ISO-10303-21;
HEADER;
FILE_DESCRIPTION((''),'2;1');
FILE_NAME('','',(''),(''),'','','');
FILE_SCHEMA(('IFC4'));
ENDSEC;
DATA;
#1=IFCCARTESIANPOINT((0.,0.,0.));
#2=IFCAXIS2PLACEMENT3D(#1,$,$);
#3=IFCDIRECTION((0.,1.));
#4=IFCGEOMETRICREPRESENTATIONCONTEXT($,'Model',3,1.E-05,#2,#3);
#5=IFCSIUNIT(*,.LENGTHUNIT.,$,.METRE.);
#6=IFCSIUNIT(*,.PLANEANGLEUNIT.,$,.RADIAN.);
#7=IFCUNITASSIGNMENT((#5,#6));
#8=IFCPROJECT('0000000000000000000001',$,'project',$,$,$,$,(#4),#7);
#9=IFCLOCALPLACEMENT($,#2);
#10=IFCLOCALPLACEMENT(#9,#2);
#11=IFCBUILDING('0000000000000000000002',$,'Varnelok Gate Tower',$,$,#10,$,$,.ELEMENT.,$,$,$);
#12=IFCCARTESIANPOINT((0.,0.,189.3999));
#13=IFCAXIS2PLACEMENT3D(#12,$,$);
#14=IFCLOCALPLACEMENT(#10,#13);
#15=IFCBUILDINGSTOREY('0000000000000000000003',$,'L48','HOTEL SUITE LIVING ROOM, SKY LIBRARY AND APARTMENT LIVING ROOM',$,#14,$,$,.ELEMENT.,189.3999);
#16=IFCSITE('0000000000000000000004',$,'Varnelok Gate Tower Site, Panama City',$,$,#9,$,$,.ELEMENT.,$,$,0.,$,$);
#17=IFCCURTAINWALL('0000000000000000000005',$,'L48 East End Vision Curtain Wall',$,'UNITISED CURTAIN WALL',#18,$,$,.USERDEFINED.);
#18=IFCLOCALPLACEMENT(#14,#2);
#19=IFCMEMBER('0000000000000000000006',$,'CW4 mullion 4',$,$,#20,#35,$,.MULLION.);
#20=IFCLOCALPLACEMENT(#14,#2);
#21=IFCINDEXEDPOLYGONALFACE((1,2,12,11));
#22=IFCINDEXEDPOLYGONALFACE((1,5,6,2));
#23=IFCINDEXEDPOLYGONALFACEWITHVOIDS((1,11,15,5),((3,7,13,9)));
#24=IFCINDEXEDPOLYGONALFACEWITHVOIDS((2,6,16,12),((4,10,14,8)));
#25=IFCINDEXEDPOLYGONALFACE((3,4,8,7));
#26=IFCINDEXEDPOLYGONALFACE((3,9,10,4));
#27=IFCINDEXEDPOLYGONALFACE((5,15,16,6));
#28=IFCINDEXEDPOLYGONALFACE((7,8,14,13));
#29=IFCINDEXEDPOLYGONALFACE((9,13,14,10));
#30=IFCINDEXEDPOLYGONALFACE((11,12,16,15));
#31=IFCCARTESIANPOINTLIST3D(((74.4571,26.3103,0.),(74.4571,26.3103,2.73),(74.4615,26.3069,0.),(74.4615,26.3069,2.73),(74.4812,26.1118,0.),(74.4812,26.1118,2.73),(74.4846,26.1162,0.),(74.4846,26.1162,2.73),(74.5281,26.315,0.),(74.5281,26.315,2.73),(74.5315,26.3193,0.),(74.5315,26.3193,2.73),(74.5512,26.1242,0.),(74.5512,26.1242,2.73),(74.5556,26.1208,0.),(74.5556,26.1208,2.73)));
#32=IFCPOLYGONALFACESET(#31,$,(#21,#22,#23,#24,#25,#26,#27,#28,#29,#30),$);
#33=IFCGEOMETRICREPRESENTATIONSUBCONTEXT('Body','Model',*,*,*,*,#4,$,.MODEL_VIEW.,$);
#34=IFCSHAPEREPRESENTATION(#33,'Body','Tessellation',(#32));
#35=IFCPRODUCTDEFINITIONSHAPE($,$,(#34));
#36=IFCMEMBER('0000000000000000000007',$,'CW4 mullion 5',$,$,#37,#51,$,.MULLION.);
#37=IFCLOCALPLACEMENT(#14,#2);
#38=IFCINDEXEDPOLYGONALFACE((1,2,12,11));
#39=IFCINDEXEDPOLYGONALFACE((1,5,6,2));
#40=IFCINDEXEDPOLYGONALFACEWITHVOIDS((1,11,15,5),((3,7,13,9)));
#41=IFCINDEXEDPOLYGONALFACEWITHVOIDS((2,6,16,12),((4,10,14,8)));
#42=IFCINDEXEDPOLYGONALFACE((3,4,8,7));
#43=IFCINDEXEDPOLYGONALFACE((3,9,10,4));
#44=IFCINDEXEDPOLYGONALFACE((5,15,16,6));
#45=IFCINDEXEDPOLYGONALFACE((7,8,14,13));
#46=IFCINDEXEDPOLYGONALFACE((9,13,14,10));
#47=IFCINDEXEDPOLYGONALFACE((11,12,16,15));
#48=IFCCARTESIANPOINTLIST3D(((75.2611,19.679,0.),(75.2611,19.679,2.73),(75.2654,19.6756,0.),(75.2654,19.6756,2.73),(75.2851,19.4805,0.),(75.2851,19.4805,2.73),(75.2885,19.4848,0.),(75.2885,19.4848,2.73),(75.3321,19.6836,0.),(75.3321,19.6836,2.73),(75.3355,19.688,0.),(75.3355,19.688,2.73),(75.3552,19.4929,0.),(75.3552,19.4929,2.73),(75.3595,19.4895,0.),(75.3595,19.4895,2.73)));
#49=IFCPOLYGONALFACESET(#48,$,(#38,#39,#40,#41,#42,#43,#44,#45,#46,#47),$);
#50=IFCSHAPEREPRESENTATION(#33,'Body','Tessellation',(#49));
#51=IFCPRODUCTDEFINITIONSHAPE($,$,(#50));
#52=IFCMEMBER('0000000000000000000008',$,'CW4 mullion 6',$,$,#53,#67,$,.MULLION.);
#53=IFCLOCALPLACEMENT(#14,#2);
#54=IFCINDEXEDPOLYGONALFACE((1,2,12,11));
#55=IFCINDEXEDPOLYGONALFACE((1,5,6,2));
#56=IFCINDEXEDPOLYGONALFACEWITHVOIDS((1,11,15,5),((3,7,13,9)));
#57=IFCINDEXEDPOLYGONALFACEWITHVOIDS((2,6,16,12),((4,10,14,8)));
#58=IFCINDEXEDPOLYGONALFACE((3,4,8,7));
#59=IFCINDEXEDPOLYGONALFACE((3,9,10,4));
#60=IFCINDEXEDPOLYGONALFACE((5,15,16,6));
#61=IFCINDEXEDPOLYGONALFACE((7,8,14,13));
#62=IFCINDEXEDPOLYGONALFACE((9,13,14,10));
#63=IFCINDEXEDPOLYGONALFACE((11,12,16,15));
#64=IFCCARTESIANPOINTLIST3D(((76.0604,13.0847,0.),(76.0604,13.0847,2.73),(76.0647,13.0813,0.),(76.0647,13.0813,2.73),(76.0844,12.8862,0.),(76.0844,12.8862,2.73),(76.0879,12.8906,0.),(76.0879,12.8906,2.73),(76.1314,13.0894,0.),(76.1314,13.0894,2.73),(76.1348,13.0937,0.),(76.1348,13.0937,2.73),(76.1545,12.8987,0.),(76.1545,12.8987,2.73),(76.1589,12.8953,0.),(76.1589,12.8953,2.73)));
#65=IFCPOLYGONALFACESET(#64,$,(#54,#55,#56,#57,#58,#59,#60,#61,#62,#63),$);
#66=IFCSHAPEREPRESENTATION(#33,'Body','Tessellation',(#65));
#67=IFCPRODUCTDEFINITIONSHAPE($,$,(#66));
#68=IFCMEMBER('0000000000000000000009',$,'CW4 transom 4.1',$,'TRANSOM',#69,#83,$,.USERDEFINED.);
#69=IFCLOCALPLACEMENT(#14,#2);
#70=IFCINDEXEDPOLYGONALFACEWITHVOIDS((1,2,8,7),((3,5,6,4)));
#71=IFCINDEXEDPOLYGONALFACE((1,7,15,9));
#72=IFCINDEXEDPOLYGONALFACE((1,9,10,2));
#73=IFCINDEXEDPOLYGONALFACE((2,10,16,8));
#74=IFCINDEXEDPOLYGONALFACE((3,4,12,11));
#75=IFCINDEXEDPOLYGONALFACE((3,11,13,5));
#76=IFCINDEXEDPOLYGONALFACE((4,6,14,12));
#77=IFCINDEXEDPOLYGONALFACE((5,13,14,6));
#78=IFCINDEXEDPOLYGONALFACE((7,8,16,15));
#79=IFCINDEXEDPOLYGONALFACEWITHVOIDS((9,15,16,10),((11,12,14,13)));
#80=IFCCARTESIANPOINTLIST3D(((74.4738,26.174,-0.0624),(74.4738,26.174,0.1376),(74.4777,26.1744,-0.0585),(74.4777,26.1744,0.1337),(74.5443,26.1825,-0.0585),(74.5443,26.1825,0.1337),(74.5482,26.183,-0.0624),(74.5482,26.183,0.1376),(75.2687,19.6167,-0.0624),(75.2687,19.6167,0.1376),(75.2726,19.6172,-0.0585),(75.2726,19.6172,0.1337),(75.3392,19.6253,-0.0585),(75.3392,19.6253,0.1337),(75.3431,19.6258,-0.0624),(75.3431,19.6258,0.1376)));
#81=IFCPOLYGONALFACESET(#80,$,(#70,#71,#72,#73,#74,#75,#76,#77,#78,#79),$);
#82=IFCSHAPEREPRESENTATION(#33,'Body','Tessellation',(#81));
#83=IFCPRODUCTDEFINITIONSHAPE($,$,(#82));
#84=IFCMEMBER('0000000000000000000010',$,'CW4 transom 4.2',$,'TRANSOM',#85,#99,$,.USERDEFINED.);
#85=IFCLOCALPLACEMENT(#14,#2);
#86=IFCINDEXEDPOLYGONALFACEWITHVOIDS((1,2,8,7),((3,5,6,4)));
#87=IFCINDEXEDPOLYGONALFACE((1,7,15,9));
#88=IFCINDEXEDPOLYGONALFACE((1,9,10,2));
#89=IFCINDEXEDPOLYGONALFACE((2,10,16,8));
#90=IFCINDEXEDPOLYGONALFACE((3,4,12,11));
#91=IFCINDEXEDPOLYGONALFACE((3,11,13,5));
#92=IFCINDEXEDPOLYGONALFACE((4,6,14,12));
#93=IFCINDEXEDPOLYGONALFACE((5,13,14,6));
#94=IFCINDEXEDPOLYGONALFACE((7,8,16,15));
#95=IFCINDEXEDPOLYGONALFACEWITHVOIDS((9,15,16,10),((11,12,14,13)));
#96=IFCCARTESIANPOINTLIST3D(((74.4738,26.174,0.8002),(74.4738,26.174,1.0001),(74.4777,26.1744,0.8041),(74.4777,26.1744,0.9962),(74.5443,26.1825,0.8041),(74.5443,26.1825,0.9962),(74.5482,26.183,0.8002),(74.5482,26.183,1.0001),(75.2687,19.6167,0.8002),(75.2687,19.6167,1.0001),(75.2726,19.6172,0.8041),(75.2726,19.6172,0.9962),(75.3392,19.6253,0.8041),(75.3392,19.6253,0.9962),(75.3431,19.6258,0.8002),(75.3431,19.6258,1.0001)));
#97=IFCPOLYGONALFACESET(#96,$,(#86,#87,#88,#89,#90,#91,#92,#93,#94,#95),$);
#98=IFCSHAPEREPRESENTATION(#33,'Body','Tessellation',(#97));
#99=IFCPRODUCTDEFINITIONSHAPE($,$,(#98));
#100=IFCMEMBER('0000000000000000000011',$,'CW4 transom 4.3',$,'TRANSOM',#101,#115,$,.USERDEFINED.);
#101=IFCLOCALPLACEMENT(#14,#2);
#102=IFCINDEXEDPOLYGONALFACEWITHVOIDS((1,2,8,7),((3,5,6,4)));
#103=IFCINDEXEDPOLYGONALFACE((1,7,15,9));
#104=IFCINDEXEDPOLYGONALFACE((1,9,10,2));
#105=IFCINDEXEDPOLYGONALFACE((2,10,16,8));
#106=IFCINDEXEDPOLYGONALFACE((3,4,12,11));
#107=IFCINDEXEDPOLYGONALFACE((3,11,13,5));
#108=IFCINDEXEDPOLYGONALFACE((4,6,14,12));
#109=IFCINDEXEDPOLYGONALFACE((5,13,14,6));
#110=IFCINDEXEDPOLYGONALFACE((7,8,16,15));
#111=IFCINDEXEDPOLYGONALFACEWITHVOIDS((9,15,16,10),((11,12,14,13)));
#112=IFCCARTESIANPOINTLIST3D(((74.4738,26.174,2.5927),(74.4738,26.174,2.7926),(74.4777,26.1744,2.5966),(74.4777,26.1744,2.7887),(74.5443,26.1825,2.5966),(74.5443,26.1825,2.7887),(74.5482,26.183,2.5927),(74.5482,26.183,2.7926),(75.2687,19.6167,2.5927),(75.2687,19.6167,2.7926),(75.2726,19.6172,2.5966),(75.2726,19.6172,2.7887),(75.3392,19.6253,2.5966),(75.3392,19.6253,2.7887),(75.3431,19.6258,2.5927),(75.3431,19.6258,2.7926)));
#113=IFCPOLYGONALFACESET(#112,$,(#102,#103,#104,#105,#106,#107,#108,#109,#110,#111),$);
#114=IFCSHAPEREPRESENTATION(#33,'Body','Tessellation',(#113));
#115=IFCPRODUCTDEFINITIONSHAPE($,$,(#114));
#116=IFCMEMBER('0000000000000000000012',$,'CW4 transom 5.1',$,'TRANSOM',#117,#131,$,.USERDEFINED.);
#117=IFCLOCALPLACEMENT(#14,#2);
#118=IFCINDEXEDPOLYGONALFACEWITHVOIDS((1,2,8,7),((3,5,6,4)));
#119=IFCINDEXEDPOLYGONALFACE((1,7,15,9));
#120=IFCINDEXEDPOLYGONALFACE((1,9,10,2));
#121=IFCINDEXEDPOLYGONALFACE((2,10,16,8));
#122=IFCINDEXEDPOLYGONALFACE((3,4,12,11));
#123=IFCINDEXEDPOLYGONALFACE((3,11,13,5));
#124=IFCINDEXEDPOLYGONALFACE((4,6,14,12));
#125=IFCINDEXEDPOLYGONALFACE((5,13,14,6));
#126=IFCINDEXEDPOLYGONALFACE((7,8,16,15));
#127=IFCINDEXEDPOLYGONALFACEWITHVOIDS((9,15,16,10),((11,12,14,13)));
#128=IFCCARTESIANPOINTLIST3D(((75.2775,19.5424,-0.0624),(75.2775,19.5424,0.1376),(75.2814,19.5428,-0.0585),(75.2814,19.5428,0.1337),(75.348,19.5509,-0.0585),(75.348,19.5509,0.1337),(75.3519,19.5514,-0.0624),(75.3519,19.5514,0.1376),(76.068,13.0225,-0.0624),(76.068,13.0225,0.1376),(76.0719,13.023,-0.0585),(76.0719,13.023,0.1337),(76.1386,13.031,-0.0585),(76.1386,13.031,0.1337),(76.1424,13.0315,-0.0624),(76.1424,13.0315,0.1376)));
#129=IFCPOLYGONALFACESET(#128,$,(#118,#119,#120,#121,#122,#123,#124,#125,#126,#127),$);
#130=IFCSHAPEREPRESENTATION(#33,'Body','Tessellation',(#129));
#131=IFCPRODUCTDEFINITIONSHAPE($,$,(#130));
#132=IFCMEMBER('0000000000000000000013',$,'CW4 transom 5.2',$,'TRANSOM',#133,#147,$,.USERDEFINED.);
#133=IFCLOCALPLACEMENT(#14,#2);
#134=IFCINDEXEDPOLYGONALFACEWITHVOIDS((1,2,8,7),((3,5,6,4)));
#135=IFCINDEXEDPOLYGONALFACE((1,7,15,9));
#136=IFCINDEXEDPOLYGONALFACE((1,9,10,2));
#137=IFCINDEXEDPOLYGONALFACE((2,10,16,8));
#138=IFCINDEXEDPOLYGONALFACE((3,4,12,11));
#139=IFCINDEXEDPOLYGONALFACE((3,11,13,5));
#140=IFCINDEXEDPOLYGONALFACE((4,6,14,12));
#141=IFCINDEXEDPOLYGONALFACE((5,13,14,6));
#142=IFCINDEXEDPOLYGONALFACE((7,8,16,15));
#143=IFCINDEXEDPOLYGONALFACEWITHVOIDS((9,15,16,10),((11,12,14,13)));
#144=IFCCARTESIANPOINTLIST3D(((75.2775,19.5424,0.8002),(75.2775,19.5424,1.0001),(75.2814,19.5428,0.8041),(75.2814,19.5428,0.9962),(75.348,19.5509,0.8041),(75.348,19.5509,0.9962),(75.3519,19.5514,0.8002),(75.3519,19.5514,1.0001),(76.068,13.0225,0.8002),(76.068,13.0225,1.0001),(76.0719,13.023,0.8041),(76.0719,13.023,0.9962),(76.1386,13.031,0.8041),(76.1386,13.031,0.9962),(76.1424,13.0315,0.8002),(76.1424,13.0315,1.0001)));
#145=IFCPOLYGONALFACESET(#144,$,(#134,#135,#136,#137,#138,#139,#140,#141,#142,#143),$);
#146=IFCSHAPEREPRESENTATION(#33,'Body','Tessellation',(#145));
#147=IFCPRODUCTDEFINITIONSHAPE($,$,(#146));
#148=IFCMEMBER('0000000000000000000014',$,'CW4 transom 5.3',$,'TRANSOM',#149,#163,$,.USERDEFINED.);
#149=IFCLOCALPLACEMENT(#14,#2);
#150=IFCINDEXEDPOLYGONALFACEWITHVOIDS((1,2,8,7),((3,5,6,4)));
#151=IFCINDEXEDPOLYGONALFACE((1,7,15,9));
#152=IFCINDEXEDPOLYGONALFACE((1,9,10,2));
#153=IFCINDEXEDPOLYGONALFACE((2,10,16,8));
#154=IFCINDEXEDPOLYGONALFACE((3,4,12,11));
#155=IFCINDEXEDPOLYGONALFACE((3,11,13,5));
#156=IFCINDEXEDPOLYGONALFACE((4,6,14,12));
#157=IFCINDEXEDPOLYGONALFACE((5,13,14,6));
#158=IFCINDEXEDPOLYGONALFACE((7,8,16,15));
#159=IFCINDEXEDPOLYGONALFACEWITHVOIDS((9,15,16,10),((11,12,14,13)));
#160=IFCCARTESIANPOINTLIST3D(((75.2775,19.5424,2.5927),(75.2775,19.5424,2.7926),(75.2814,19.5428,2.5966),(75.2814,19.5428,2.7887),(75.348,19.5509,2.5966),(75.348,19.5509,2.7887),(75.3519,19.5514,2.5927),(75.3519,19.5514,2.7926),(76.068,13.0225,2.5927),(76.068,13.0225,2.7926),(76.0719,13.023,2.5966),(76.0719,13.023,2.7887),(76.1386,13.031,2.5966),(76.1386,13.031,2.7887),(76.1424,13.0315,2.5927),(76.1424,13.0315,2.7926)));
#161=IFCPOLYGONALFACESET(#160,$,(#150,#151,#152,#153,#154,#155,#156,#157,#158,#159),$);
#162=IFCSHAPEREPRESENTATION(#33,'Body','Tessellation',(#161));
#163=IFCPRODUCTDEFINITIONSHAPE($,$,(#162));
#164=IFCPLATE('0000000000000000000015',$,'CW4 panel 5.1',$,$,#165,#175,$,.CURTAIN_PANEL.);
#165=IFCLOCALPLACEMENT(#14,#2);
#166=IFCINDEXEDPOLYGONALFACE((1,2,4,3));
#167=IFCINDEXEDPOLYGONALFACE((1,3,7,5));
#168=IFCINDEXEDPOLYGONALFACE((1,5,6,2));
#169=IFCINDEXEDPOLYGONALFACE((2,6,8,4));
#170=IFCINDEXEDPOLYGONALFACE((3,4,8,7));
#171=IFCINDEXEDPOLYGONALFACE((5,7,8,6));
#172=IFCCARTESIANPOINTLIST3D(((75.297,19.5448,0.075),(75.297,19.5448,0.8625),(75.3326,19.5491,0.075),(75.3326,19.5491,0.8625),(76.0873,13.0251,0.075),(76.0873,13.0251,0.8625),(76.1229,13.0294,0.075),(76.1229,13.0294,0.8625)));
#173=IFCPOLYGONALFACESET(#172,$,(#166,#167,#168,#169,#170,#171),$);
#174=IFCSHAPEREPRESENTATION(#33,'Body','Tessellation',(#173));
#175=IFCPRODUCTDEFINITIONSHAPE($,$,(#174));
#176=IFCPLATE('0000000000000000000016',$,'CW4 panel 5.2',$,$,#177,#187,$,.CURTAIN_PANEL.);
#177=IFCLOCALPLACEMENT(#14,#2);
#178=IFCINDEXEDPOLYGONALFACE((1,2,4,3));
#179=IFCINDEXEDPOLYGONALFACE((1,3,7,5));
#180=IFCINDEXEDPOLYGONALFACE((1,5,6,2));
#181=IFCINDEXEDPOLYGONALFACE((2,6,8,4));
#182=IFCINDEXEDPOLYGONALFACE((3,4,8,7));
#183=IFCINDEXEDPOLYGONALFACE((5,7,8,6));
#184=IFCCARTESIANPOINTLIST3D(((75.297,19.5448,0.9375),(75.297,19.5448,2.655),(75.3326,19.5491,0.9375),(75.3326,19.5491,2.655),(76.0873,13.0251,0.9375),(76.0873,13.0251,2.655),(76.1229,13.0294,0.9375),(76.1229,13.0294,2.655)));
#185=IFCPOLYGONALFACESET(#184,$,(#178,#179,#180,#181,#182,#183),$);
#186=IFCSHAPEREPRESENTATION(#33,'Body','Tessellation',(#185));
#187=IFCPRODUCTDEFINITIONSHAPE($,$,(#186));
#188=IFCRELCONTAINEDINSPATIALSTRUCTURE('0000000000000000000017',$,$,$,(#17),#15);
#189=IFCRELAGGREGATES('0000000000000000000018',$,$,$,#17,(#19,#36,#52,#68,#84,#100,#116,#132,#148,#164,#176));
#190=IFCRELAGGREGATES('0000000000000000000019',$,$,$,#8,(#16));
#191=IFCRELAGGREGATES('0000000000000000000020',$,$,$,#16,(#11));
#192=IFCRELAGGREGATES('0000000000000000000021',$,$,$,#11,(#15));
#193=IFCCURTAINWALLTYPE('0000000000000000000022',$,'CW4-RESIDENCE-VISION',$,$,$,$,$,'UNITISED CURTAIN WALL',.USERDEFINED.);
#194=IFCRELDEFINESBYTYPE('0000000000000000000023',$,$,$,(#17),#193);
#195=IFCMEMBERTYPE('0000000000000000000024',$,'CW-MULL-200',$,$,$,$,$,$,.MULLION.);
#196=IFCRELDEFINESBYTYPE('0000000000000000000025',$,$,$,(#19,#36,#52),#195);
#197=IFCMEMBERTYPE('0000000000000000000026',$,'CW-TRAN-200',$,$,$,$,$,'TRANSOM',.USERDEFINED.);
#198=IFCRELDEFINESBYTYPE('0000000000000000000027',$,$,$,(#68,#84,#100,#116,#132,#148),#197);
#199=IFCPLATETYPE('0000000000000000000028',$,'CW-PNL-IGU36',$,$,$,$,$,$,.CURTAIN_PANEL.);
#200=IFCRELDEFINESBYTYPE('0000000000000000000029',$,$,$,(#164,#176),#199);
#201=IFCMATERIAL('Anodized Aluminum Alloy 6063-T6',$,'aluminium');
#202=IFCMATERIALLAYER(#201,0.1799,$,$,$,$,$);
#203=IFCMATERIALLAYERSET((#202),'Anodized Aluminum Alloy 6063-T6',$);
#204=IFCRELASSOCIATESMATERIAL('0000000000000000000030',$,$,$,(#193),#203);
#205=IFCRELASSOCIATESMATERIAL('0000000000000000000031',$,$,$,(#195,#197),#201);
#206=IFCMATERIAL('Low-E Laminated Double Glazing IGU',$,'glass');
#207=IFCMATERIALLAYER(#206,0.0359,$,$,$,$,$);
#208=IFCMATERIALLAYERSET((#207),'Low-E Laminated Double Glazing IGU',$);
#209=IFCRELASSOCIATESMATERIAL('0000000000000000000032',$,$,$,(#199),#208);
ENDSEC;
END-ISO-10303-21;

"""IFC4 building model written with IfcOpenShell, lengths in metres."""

from ifc_helpers import new_model, si_unit, direction, frame, origin, origin_2d, place, context, subcontext, project, spatial, rectangle, hollow_rectangle, extrude, source, transform, mapped, material, layer, layer_set, material_profile, profile_set, type_object, element, aggregate, save


model = new_model("IFC4")

# Units and contexts
model_context = context("Model", 3, precision=1e-05, world=origin(), true_north=direction((0.0, 1.0)))
body_context = subcontext(model_context, "Body", "Model", "MODEL_VIEW")
ifc_project = project(units=[si_unit("LENGTHUNIT", "METRE"), si_unit("PLANEANGLEUNIT", "RADIAN")], contexts=[model_context])

# Site, building, storey
site_placement = place(None, origin())
site = spatial("IfcSite", under=ifc_project, at=site_placement, Name="Varnelok Gate Tower Site, Panama City", CompositionType="ELEMENT", RefElevation=0.0)
building_placement = place(site_placement, origin())
building = spatial("IfcBuilding", under=site, at=building_placement, Name="Varnelok Gate Tower", CompositionType="ELEMENT")
storey_placement = place(building_placement, frame((0.0, 0.0, 189.3999)))
storey = spatial("IfcBuildingStorey", under=building, at=storey_placement, Name="L48", Description="HOTEL SUITE LIVING ROOM, SKY LIBRARY AND APARTMENT LIVING ROOM", CompositionType="ELEMENT", Elevation=189.3999)

# Curtain wall, members, plates
ifc_material_1 = material(Name="Anodized Aluminum Alloy 6063-T6", Category="aluminium")
ifc_layer_1 = layer(ifc_material_1, 0.1799)
ifc_layer_set_1 = layer_set([ifc_layer_1], Name="Anodized Aluminum Alloy 6063-T6")
curtain_wall_type = type_object("IfcCurtainWallType", Name="CW4-RESIDENCE-VISION", ElementType="UNITISED CURTAIN WALL", PredefinedType="USERDEFINED", material=ifc_layer_set_1)
curtain_wall_placement = place(storey_placement, origin())
curtain_wall = element("IfcCurtainWall", 1, at=curtain_wall_placement, inside=storey, type_object=curtain_wall_type, Name="L48 East End Vision Curtain Wall", ObjectType="UNITISED CURTAIN WALL", PredefinedType="USERDEFINED")
ifc_material_profile_1 = material_profile(ifc_material_1, hollow_rectangle(XDim=0.075, YDim=0.2, WallThickness=0.0039, at=origin_2d()), Name="ALU200X75X4")
ifc_profile_set_1 = profile_set([ifc_material_profile_1], Name="Anodized Aluminum Alloy 6063-T6")
member_type_1 = type_object("IfcMemberType", Name="CW-MULL-200", PredefinedType="MULLION", material=ifc_profile_set_1)
member_1_placement = place(storey_placement, frame((74.5063, 26.2156, 0.0), z_axis=(0.0, 0.0, 1.0), x_axis=(0.992732, 0.120345, 0.0)))
member_1 = element("IfcMember", 2, at=member_1_placement, type_object=member_type_1, Name="CW4 mullion 4", PredefinedType="MULLION", context=body_context, shape_type="SweptSolid", body=[
    extrude(hollow_rectangle(XDim=0.075, YDim=0.2, WallThickness=0.0039, at=origin_2d()), origin(), (0.0, 0.0, 1.0), 2.73),
])
member_2_placement = place(storey_placement, frame((75.3103, 19.5842, 0.0), z_axis=(0.0, 0.0, 1.0), x_axis=(0.992732, 0.120345, 0.0)))
member_2 = element("IfcMember", 3, at=member_2_placement, type_object=member_type_1, Name="CW4 mullion 5", PredefinedType="MULLION", context=body_context, shape_type="SweptSolid", body=[
    extrude(hollow_rectangle(XDim=0.075, YDim=0.2, WallThickness=0.0039, at=origin_2d()), origin(), (0.0, 0.0, 1.0), 2.73),
])
member_3_placement = place(storey_placement, frame((76.1096, 12.99, 0.0), z_axis=(0.0, 0.0, 1.0), x_axis=(0.992732, 0.120345, 0.0)))
member_3 = element("IfcMember", 4, at=member_3_placement, type_object=member_type_1, Name="CW4 mullion 6", PredefinedType="MULLION", context=body_context, shape_type="SweptSolid", body=[
    extrude(hollow_rectangle(XDim=0.075, YDim=0.2, WallThickness=0.0039, at=origin_2d()), origin(), (0.0, 0.0, 1.0), 2.73),
])
ifc_material_profile_2 = material_profile(ifc_material_1, hollow_rectangle(XDim=0.075, YDim=0.2, WallThickness=0.0039, at=origin_2d()), Name="ALU200X75X4")
ifc_profile_set_2 = profile_set([ifc_material_profile_2], Name="Anodized Aluminum Alloy 6063-T6")
member_type_2 = type_object("IfcMemberType", Name="CW-TRAN-200", ElementType="TRANSOM", PredefinedType="USERDEFINED", material=ifc_profile_set_2)
member_4_placement = place(storey_placement, frame((74.511, 26.1785, 0.0376), z_axis=(0.120349, -0.992732, 0.0), x_axis=(0.992732, 0.120349, 0.0)))
member_4 = element("IfcMember", 5, at=member_4_placement, type_object=member_type_2, Name="CW4 transom 4.1", ObjectType="TRANSOM", PredefinedType="USERDEFINED", context=body_context, shape_type="SweptSolid", body=[
    extrude(hollow_rectangle(XDim=0.075, YDim=0.2, WallThickness=0.0039, at=origin_2d()), origin(), (0.0, 0.0, 1.0), 6.6052),
])
member_5_placement = place(storey_placement, frame((74.511, 26.1785, 0.9001), z_axis=(0.120349, -0.992732, 0.0), x_axis=(0.992732, 0.120349, 0.0)))
member_5 = element("IfcMember", 6, at=member_5_placement, type_object=member_type_2, Name="CW4 transom 4.2", ObjectType="TRANSOM", PredefinedType="USERDEFINED", context=body_context, shape_type="SweptSolid", body=[
    extrude(hollow_rectangle(XDim=0.075, YDim=0.2, WallThickness=0.0039, at=origin_2d()), origin(), (0.0, 0.0, 1.0), 6.6052),
])
member_6_placement = place(storey_placement, frame((74.511, 26.1785, 2.6926), z_axis=(0.120349, -0.992732, 0.0), x_axis=(0.992732, 0.120349, 0.0)))
member_6 = element("IfcMember", 7, at=member_6_placement, type_object=member_type_2, Name="CW4 transom 4.3", ObjectType="TRANSOM", PredefinedType="USERDEFINED", context=body_context, shape_type="SweptSolid", body=[
    extrude(hollow_rectangle(XDim=0.075, YDim=0.2, WallThickness=0.0039, at=origin_2d()), origin(), (0.0, 0.0, 1.0), 6.6052),
])
member_7_placement = place(storey_placement, frame((75.3147, 19.5469, 0.0376), z_axis=(0.120369, -0.992729, 0.0), x_axis=(0.992729, 0.120369, 0.0)))
member_7 = element("IfcMember", 8, at=member_7_placement, type_object=member_type_2, Name="CW4 transom 5.1", ObjectType="TRANSOM", PredefinedType="USERDEFINED", context=body_context, shape_type="SweptSolid", body=[
    extrude(hollow_rectangle(XDim=0.075, YDim=0.2, WallThickness=0.0039, at=origin_2d()), origin(), (0.0, 0.0, 1.0), 6.5676),
])
member_8_placement = place(storey_placement, frame((75.3147, 19.5469, 0.9001), z_axis=(0.120369, -0.992729, 0.0), x_axis=(0.992729, 0.120369, 0.0)))
member_8 = element("IfcMember", 9, at=member_8_placement, type_object=member_type_2, Name="CW4 transom 5.2", ObjectType="TRANSOM", PredefinedType="USERDEFINED", context=body_context, shape_type="SweptSolid", body=[
    extrude(hollow_rectangle(XDim=0.075, YDim=0.2, WallThickness=0.0039, at=origin_2d()), origin(), (0.0, 0.0, 1.0), 6.5676),
])
member_9_placement = place(storey_placement, frame((75.3147, 19.5469, 2.6926), z_axis=(0.120369, -0.992729, 0.0), x_axis=(0.992729, 0.120369, 0.0)))
member_9 = element("IfcMember", 10, at=member_9_placement, type_object=member_type_2, Name="CW4 transom 5.3", ObjectType="TRANSOM", PredefinedType="USERDEFINED", context=body_context, shape_type="SweptSolid", body=[
    extrude(hollow_rectangle(XDim=0.075, YDim=0.2, WallThickness=0.0039, at=origin_2d()), origin(), (0.0, 0.0, 1.0), 6.5676),
])
ifc_material_2 = material(Name="Low-E Laminated Double Glazing IGU", Category="glass")
ifc_layer_2 = layer(ifc_material_2, 0.0359)
ifc_layer_set_2 = layer_set([ifc_layer_2], Name="Low-E Laminated Double Glazing IGU")
plate_type = type_object("IfcPlateType", Name="CW-PNL-IGU36", PredefinedType="CURTAIN_PANEL", material=ifc_layer_set_2)
shared_shape_1 = source(origin(), body_context, "Body", "SweptSolid", [
    extrude(rectangle(XDim=6.5674, YDim=0.0359, at=origin_2d()), origin(), (0.0, 0.0, 1.0), 0.7876),
])
plate_1_placement = place(storey_placement, frame((75.71, 16.2871, 0.075), z_axis=(0.0, 0.0, 1.0), x_axis=(0.120345, -0.992732, 0.0)))
plate_1 = element("IfcPlate", 11, at=plate_1_placement, type_object=plate_type, Name="CW4 panel 5.1", PredefinedType="CURTAIN_PANEL", context=body_context, shape_type="MappedRepresentation", body=[
    mapped(shared_shape_1, transform((0.0, 0.0, 0.0), scale=1.0)),
])
shared_shape_2 = source(origin(), body_context, "Body", "SweptSolid", [
    extrude(rectangle(XDim=6.5674, YDim=0.0359, at=origin_2d()), origin(), (0.0, 0.0, 1.0), 1.7175),
])
plate_2_placement = place(storey_placement, frame((75.71, 16.2871, 0.9375), z_axis=(0.0, 0.0, 1.0), x_axis=(0.120345, -0.992732, 0.0)))
plate_2 = element("IfcPlate", 12, at=plate_2_placement, type_object=plate_type, Name="CW4 panel 5.2", PredefinedType="CURTAIN_PANEL", context=body_context, shape_type="MappedRepresentation", body=[
    mapped(shared_shape_2, transform((0.0, 0.0, 0.0), scale=1.0)),
])
aggregate(curtain_wall, [member_1, member_2, member_3, member_4, member_5, member_6, member_7, member_8, member_9, plate_1, plate_2])

save(model, "model.ifc")
